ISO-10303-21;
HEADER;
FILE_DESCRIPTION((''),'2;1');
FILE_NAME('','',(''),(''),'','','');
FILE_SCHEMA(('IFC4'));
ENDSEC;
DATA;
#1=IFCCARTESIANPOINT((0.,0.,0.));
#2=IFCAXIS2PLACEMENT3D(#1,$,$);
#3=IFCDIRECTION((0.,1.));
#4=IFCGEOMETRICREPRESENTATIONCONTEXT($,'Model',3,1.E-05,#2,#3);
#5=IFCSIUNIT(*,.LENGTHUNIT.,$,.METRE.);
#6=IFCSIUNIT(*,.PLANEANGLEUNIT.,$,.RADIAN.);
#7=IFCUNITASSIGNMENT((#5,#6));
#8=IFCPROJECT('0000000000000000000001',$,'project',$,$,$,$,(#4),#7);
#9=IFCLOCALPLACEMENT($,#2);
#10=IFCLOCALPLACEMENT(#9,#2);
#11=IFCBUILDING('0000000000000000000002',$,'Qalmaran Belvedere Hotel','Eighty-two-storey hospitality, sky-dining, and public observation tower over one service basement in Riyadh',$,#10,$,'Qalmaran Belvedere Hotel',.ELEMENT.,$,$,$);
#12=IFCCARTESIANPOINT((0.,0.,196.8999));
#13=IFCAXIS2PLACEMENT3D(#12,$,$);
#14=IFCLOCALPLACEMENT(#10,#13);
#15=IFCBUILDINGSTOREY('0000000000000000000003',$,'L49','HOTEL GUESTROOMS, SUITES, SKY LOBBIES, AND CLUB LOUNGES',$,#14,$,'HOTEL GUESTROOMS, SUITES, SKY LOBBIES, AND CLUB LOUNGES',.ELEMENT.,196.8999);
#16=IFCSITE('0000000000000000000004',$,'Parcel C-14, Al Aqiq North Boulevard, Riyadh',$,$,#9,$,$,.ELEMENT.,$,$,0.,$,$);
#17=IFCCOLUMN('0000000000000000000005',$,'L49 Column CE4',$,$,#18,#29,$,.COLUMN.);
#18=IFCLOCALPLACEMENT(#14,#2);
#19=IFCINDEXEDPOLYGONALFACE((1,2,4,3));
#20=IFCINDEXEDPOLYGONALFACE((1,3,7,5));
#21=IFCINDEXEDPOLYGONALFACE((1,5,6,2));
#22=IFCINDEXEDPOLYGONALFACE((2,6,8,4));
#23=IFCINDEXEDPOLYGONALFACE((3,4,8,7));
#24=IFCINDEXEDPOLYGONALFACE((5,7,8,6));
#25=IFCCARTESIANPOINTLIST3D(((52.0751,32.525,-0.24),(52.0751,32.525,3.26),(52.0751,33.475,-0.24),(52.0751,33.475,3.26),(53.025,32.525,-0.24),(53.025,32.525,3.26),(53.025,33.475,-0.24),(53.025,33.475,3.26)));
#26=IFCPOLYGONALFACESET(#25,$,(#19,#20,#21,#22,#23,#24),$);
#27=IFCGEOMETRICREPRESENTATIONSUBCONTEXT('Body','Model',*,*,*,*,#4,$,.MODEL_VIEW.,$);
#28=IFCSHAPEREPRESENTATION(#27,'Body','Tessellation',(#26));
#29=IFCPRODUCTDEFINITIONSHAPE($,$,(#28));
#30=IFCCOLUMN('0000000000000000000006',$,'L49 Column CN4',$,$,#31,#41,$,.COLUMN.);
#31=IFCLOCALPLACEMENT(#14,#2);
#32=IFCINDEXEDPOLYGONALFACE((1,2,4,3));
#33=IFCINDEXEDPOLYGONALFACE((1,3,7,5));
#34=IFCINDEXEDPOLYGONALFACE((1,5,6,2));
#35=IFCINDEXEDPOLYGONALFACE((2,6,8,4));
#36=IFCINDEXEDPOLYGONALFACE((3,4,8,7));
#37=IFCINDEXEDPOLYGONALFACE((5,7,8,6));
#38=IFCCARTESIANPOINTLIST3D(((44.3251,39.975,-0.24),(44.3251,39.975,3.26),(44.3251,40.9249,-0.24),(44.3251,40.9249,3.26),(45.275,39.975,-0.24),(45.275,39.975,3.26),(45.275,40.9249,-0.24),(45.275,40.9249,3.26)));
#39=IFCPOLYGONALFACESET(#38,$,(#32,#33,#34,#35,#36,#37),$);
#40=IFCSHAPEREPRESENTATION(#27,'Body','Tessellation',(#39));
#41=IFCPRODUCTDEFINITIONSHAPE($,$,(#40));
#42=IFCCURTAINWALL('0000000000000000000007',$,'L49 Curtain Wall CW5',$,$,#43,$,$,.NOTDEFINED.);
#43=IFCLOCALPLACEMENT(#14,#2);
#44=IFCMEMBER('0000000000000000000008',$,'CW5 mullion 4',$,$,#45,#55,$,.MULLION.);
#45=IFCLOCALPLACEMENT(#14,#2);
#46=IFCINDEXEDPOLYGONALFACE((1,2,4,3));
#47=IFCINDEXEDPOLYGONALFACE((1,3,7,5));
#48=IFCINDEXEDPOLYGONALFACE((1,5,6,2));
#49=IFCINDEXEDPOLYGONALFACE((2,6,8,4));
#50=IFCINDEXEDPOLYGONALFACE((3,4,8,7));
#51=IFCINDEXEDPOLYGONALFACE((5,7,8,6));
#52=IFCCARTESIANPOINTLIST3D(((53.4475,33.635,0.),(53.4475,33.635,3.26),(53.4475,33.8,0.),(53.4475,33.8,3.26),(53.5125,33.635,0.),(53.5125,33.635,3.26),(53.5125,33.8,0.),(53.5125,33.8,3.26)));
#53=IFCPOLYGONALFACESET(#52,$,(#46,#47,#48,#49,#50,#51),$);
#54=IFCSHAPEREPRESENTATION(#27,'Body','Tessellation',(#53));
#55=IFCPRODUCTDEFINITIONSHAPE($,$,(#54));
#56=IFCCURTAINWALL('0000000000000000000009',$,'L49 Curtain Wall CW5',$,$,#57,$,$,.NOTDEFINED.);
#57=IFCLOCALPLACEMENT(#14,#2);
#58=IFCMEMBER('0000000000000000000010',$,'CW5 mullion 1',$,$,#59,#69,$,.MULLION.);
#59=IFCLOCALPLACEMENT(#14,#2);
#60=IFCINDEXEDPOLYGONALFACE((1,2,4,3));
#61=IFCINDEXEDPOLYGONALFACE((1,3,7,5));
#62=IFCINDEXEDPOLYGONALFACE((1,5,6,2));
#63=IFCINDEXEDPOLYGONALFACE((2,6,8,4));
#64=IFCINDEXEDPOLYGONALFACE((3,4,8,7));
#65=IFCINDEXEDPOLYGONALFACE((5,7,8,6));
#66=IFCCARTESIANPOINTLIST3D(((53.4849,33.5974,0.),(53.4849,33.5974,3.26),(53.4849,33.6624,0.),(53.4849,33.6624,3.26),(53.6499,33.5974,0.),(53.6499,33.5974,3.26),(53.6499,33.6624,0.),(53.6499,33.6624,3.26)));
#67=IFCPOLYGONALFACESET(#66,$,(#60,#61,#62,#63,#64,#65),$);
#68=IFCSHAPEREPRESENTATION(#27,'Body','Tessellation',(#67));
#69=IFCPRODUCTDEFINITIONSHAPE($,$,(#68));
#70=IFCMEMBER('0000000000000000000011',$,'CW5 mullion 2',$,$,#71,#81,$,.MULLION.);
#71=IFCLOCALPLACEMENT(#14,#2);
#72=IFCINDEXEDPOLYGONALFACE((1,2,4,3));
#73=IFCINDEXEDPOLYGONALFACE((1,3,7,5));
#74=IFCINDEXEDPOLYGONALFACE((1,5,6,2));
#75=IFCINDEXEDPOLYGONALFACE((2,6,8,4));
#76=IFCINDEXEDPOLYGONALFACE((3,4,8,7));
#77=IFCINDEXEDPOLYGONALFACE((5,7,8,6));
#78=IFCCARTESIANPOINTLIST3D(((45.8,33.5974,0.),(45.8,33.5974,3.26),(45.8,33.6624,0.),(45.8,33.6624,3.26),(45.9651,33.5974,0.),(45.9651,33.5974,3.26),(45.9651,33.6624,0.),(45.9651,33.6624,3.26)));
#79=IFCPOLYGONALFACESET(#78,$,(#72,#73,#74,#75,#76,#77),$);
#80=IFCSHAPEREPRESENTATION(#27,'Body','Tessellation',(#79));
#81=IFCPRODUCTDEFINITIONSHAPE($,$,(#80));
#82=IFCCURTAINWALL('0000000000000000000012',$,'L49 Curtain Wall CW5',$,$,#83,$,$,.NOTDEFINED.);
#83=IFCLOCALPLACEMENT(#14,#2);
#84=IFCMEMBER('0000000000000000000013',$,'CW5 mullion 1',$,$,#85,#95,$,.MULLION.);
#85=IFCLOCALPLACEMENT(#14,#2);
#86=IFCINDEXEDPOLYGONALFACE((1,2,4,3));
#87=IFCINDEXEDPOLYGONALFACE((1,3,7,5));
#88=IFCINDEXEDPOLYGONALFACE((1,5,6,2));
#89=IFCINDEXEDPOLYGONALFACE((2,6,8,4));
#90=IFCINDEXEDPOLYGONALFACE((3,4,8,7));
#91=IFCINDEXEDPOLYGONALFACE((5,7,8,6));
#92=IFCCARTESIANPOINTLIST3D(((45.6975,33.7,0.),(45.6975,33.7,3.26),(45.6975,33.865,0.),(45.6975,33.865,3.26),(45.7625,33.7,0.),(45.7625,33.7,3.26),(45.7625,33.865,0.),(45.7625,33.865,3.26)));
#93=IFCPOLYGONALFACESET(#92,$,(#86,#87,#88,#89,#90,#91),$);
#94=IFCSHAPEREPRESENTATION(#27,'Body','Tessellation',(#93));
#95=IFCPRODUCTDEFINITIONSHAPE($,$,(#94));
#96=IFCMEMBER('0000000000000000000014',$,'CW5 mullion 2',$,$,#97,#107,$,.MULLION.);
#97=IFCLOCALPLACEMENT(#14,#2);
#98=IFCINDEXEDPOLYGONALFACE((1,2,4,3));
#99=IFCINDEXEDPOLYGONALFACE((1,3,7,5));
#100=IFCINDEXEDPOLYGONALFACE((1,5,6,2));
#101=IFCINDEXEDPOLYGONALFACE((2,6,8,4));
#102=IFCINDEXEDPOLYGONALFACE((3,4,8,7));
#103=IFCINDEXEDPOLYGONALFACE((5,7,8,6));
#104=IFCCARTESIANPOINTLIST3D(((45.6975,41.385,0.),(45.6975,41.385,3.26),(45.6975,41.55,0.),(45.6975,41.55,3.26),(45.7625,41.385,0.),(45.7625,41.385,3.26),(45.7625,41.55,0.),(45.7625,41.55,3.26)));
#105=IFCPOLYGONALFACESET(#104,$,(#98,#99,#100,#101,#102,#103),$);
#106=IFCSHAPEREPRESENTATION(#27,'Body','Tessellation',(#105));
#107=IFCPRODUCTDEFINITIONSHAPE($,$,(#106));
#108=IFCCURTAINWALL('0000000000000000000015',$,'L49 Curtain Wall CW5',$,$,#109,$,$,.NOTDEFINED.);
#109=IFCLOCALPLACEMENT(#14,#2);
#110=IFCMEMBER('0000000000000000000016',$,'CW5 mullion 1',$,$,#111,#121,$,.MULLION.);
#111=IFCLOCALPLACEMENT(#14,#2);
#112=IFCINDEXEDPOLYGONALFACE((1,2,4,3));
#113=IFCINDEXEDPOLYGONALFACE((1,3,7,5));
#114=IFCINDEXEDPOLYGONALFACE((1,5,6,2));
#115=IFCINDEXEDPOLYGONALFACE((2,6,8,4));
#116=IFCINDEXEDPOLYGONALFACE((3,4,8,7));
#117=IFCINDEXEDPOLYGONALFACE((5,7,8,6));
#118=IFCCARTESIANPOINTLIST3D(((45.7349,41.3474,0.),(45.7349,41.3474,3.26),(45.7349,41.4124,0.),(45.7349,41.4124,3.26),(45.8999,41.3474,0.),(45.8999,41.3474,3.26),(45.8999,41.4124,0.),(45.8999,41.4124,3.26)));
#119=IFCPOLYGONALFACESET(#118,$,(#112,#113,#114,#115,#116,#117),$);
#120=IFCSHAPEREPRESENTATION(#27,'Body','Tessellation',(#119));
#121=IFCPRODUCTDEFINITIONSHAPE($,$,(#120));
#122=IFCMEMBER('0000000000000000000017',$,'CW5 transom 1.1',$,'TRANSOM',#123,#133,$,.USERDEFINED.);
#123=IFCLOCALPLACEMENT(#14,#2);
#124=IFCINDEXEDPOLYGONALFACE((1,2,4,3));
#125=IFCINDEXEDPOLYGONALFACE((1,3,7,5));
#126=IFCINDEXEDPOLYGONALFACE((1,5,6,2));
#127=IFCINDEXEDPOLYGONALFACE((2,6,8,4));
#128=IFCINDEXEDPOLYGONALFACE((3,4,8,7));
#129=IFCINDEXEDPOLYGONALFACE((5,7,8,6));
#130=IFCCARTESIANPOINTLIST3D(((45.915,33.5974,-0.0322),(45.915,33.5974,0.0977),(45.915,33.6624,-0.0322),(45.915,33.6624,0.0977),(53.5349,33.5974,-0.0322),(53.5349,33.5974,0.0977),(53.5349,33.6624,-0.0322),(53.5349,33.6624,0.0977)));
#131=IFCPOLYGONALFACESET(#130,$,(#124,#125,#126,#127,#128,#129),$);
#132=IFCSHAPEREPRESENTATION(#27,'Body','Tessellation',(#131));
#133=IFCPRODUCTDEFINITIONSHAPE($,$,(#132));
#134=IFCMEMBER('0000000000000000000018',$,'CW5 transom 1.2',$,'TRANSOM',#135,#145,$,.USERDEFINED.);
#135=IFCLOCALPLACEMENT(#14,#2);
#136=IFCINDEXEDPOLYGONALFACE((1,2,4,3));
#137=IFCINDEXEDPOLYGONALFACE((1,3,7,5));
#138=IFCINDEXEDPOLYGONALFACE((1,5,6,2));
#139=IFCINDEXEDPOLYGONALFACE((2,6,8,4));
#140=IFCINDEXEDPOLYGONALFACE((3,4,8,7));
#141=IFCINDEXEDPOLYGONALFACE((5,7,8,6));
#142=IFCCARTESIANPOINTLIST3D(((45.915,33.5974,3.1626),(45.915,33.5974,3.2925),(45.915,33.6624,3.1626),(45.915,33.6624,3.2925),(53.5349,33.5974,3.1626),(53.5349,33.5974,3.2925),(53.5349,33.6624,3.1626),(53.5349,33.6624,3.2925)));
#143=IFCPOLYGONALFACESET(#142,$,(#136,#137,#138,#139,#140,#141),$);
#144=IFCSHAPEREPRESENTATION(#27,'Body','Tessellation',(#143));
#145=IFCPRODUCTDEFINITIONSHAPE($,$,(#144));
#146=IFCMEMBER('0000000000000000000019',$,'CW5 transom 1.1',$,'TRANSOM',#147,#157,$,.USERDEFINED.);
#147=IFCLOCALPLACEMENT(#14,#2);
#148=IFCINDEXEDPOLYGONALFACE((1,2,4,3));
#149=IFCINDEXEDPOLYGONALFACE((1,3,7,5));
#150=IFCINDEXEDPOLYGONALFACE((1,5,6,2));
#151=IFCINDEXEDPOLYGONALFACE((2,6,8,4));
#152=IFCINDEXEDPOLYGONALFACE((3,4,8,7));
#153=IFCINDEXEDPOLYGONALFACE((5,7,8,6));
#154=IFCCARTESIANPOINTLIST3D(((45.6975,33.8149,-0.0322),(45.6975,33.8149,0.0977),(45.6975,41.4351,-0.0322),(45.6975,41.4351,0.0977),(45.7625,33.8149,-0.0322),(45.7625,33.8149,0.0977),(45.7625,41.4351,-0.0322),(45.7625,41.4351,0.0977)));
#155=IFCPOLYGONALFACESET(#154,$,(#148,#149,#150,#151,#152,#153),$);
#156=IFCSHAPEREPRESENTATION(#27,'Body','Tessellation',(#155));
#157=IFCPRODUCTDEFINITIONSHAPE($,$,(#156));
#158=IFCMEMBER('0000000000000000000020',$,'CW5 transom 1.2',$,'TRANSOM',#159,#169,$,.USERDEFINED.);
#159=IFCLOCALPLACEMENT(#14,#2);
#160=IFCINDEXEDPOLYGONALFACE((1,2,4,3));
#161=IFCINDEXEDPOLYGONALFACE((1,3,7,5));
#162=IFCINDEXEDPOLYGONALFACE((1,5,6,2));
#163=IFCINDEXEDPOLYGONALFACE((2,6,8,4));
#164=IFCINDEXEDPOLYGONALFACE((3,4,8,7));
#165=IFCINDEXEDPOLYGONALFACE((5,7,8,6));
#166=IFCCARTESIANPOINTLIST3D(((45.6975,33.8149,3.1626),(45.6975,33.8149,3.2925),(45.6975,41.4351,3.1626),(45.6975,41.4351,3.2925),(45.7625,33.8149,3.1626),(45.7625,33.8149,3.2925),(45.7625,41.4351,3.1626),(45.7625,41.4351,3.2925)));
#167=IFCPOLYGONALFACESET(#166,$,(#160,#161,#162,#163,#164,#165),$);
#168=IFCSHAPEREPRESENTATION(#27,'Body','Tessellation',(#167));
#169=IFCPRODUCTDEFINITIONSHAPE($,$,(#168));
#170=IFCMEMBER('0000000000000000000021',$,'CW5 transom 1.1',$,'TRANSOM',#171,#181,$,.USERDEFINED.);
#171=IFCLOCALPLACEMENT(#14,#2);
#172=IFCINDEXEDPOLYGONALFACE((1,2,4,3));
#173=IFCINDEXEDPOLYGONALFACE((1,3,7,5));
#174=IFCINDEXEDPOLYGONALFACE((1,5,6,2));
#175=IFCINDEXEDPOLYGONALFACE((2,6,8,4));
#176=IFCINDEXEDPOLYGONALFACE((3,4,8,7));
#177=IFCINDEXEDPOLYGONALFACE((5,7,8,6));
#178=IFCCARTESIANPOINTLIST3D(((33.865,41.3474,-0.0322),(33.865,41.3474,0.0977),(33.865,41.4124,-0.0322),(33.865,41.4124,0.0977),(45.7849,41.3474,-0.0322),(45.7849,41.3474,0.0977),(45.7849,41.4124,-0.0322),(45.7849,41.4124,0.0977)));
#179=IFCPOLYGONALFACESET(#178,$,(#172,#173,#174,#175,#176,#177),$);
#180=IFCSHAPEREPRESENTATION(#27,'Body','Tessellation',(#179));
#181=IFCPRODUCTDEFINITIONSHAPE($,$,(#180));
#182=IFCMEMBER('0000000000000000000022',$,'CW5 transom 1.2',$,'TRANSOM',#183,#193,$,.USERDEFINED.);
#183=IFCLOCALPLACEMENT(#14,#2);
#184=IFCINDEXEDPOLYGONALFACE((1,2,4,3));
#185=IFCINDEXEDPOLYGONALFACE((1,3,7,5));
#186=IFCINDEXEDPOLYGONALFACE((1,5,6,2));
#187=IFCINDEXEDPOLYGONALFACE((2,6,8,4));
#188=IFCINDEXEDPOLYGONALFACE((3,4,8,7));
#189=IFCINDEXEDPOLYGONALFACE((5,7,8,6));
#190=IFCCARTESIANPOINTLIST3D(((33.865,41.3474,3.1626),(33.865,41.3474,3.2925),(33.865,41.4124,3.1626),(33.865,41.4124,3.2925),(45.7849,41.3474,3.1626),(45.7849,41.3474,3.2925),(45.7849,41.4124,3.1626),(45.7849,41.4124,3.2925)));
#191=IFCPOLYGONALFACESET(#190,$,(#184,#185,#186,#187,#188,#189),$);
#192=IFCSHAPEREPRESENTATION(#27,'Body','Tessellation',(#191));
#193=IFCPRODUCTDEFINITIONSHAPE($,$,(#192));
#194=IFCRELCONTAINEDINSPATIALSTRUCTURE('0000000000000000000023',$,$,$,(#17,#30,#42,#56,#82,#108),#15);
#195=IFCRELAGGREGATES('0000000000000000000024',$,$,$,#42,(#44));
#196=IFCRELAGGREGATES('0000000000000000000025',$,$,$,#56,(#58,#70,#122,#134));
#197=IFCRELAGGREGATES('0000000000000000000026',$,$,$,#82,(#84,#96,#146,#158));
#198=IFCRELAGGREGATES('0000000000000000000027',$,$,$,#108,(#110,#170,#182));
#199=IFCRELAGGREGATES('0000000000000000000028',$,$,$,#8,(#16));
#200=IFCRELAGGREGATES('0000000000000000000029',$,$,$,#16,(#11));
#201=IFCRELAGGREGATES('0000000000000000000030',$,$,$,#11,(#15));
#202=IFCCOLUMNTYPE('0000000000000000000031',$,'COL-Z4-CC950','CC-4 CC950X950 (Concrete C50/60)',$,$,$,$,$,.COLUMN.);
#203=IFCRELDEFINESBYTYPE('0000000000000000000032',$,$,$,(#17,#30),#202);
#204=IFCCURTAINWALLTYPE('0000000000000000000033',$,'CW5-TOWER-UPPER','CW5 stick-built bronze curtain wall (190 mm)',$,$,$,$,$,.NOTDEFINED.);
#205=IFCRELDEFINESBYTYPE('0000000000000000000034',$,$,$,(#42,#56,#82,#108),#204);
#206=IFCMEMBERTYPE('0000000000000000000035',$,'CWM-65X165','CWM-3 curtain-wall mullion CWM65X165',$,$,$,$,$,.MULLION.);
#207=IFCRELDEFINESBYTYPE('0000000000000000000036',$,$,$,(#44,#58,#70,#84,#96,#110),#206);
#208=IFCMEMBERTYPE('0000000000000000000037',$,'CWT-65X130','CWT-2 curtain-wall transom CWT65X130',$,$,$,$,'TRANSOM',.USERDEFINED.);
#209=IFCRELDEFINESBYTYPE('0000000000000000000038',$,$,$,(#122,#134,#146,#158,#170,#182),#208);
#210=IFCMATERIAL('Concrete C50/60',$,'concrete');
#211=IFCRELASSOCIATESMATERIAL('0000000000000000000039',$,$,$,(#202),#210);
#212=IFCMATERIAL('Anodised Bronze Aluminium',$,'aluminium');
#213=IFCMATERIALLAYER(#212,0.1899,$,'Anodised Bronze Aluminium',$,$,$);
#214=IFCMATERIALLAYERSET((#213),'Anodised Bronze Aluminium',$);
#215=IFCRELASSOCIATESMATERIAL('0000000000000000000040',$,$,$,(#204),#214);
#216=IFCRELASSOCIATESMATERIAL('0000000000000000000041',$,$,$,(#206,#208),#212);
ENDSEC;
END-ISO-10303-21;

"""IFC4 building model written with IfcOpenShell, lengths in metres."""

from ifc_helpers import new_model, si_unit, direction, frame, origin, origin_2d, place, context, subcontext, project, spatial, rectangle, extrude, material, layer, layer_set, material_profile, profile_set, type_object, element, aggregate, save


model = new_model("IFC4")

# Units and contexts
model_context = context("Model", 3, precision=1e-05, world=origin(), true_north=direction((0.0, 1.0)))
body_context = subcontext(model_context, "Body", "Model", "MODEL_VIEW")
ifc_project = project(units=[si_unit("LENGTHUNIT", "METRE"), si_unit("PLANEANGLEUNIT", "RADIAN")], contexts=[model_context])

# Site, building, storey
site_placement = place(None, origin())
site = spatial("IfcSite", under=ifc_project, at=site_placement, Name="Parcel C-14, Al Aqiq North Boulevard, Riyadh", CompositionType="ELEMENT", RefElevation=0.0)
building_placement = place(site_placement, origin())
building = spatial("IfcBuilding", under=site, at=building_placement, Name="Qalmaran Belvedere Hotel", Description="Eighty-two-storey hospitality, sky-dining, and public observation tower over one service basement in Riyadh", LongName="Qalmaran Belvedere Hotel", CompositionType="ELEMENT")
storey_placement = place(building_placement, frame((0.0, 0.0, 196.8999)))
storey = spatial("IfcBuildingStorey", under=building, at=storey_placement, Name="L49", Description="HOTEL GUESTROOMS, SUITES, SKY LOBBIES, AND CLUB LOUNGES", LongName="HOTEL GUESTROOMS, SUITES, SKY LOBBIES, AND CLUB LOUNGES", CompositionType="ELEMENT", Elevation=196.8999)

# Columns
ifc_material_1 = material(Name="Concrete C50/60", Category="concrete")
ifc_material_profile_1 = material_profile(ifc_material_1, rectangle(XDim=0.95, YDim=0.95, at=origin_2d()), Name="CC950X950")
ifc_profile_set_1 = profile_set([ifc_material_profile_1], Name="Concrete C50/60")
column_type = type_object("IfcColumnType", Name="COL-Z4-CC950", Description="CC-4 CC950X950 (Concrete C50/60)", PredefinedType="COLUMN", material=ifc_profile_set_1)
for number, where, z_axis, x_axis, name in (
    (1, (52.55, 33.0, -0.24), (0.0, 0.0, 1.0), (1.0, 0.0, 0.0), "L49 Column CE4"),
    (2, (44.8, 40.45, -0.24), (0.0, 0.0, 1.0), (1.0, 0.0, 0.0), "L49 Column CN4"),
):
    element("IfcColumn", number, at=place(storey_placement, frame(where, z_axis=z_axis, x_axis=x_axis)), inside=storey, type_object=column_type, Name=name, PredefinedType="COLUMN", context=body_context, shape_type="SweptSolid", body=[
        extrude(rectangle(XDim=0.95, YDim=0.95, at=origin_2d()), origin(), (0.0, 0.0, 1.0), 3.5),
    ])

# Curtain wall, member
ifc_material_2 = material(Name="Anodised Bronze Aluminium", Category="aluminium")
ifc_layer_1 = layer(ifc_material_2, 0.1899, Name="Anodised Bronze Aluminium")
ifc_layer_set_1 = layer_set([ifc_layer_1], Name="Anodised Bronze Aluminium")
curtain_wall_type = type_object("IfcCurtainWallType", Name="CW5-TOWER-UPPER", Description="CW5 stick-built bronze curtain wall (190 mm)", PredefinedType="NOTDEFINED", material=ifc_layer_set_1)
curtain_wall_1_placement = place(storey_placement, origin())
curtain_wall_1 = element("IfcCurtainWall", 3, at=curtain_wall_1_placement, inside=storey, type_object=curtain_wall_type, Name="L49 Curtain Wall CW5", PredefinedType="NOTDEFINED")
ifc_material_profile_2 = material_profile(ifc_material_2, rectangle(XDim=0.0649, YDim=0.165, at=origin_2d()), Name="CWM65X165")
ifc_profile_set_2 = profile_set([ifc_material_profile_2], Name="Anodised Bronze Aluminium")
member_type_1 = type_object("IfcMemberType", Name="CWM-65X165", Description="CWM-3 curtain-wall mullion CWM65X165", PredefinedType="MULLION", material=ifc_profile_set_2)
member_1_placement = place(storey_placement, frame((53.48, 33.7175, 0.0), z_axis=(0.0, 0.0, 1.0), x_axis=(-1.0, 0.0, 0.0)))
member_1 = element("IfcMember", 4, at=member_1_placement, type_object=member_type_1, Name="CW5 mullion 4", PredefinedType="MULLION", context=body_context, shape_type="SweptSolid", body=[
    extrude(rectangle(XDim=0.0649, YDim=0.165, at=origin_2d()), origin(), (0.0, 0.0, 1.0), 3.26),
])
aggregate(curtain_wall_1, [member_1])

# Curtain walls, members
curtain_wall_2_placement = place(storey_placement, origin())
curtain_wall_2 = element("IfcCurtainWall", 5, at=curtain_wall_2_placement, inside=storey, type_object=curtain_wall_type, Name="L49 Curtain Wall CW5", PredefinedType="NOTDEFINED")
member_2_placement = place(storey_placement, frame((53.5674, 33.6299, 0.0), z_axis=(0.0, 0.0, 1.0), x_axis=(0.0, -1.0, 0.0)))
member_2 = element("IfcMember", 6, at=member_2_placement, type_object=member_type_1, Name="CW5 mullion 1", PredefinedType="MULLION", context=body_context, shape_type="SweptSolid", body=[
    extrude(rectangle(XDim=0.0649, YDim=0.165, at=origin_2d()), origin(), (0.0, 0.0, 1.0), 3.26),
])
member_3_placement = place(storey_placement, frame((45.8826, 33.6299, 0.0), z_axis=(0.0, 0.0, 1.0), x_axis=(0.0, -1.0, 0.0)))
member_3 = element("IfcMember", 7, at=member_3_placement, type_object=member_type_1, Name="CW5 mullion 2", PredefinedType="MULLION", context=body_context, shape_type="SweptSolid", body=[
    extrude(rectangle(XDim=0.0649, YDim=0.165, at=origin_2d()), origin(), (0.0, 0.0, 1.0), 3.26),
])
curtain_wall_3_placement = place(storey_placement, origin())
curtain_wall_3 = element("IfcCurtainWall", 8, at=curtain_wall_3_placement, inside=storey, type_object=curtain_wall_type, Name="L49 Curtain Wall CW5", PredefinedType="NOTDEFINED")
member_4_placement = place(storey_placement, frame((45.73, 33.7825, 0.0), z_axis=(0.0, 0.0, 1.0), x_axis=(-1.0, 0.0, 0.0)))
member_4 = element("IfcMember", 9, at=member_4_placement, type_object=member_type_1, Name="CW5 mullion 1", PredefinedType="MULLION", context=body_context, shape_type="SweptSolid", body=[
    extrude(rectangle(XDim=0.0649, YDim=0.165, at=origin_2d()), origin(), (0.0, 0.0, 1.0), 3.26),
])
member_5_placement = place(storey_placement, frame((45.73, 41.4675, 0.0), z_axis=(0.0, 0.0, 1.0), x_axis=(-1.0, 0.0, 0.0)))
member_5 = element("IfcMember", 10, at=member_5_placement, type_object=member_type_1, Name="CW5 mullion 2", PredefinedType="MULLION", context=body_context, shape_type="SweptSolid", body=[
    extrude(rectangle(XDim=0.0649, YDim=0.165, at=origin_2d()), origin(), (0.0, 0.0, 1.0), 3.26),
])

# Curtain wall, member
curtain_wall_4_placement = place(storey_placement, origin())
curtain_wall_4 = element("IfcCurtainWall", 11, at=curtain_wall_4_placement, inside=storey, type_object=curtain_wall_type, Name="L49 Curtain Wall CW5", PredefinedType="NOTDEFINED")
member_6_placement = place(storey_placement, frame((45.8174, 41.3799, 0.0), z_axis=(0.0, 0.0, 1.0), x_axis=(0.0, -1.0, 0.0)))
member_6 = element("IfcMember", 12, at=member_6_placement, type_object=member_type_1, Name="CW5 mullion 1", PredefinedType="MULLION", context=body_context, shape_type="SweptSolid", body=[
    extrude(rectangle(XDim=0.0649, YDim=0.165, at=origin_2d()), origin(), (0.0, 0.0, 1.0), 3.26),
])

# Members
ifc_material_profile_3 = material_profile(ifc_material_2, rectangle(XDim=0.0649, YDim=0.1299, at=origin_2d()), Name="CWT65X130")
ifc_profile_set_3 = profile_set([ifc_material_profile_3], Name="Anodised Bronze Aluminium")
member_type_2 = type_object("IfcMemberType", Name="CWT-65X130", Description="CWT-2 curtain-wall transom CWT65X130", ElementType="TRANSOM", PredefinedType="USERDEFINED", material=ifc_profile_set_3)
member_7_placement = place(storey_placement, frame((53.5349, 33.6299, 0.0327), z_axis=(-1.0, 0.0, 0.0), x_axis=(0.0, -1.0, 0.0)))
member_7 = element("IfcMember", 13, at=member_7_placement, type_object=member_type_2, Name="CW5 transom 1.1", ObjectType="TRANSOM", PredefinedType="USERDEFINED", context=body_context, shape_type="SweptSolid", body=[
    extrude(rectangle(XDim=0.0649, YDim=0.1299, at=origin_2d()), origin(), (0.0, 0.0, 1.0), 7.6199),
])
member_8_placement = place(storey_placement, frame((53.5349, 33.6299, 3.2275), z_axis=(-1.0, 0.0, 0.0), x_axis=(0.0, -1.0, 0.0)))
member_8 = element("IfcMember", 14, at=member_8_placement, type_object=member_type_2, Name="CW5 transom 1.2", ObjectType="TRANSOM", PredefinedType="USERDEFINED", context=body_context, shape_type="SweptSolid", body=[
    extrude(rectangle(XDim=0.0649, YDim=0.1299, at=origin_2d()), origin(), (0.0, 0.0, 1.0), 7.6199),
])
member_9_placement = place(storey_placement, frame((45.73, 33.8149, 0.0327), z_axis=(0.0, 1.0, 0.0), x_axis=(-1.0, 0.0, 0.0)))
member_9 = element("IfcMember", 15, at=member_9_placement, type_object=member_type_2, Name="CW5 transom 1.1", ObjectType="TRANSOM", PredefinedType="USERDEFINED", context=body_context, shape_type="SweptSolid", body=[
    extrude(rectangle(XDim=0.0649, YDim=0.1299, at=origin_2d()), origin(), (0.0, 0.0, 1.0), 7.6201),
])
member_10_placement = place(storey_placement, frame((45.73, 33.8149, 3.2275), z_axis=(0.0, 1.0, 0.0), x_axis=(-1.0, 0.0, 0.0)))
member_10 = element("IfcMember", 16, at=member_10_placement, type_object=member_type_2, Name="CW5 transom 1.2", ObjectType="TRANSOM", PredefinedType="USERDEFINED", context=body_context, shape_type="SweptSolid", body=[
    extrude(rectangle(XDim=0.0649, YDim=0.1299, at=origin_2d()), origin(), (0.0, 0.0, 1.0), 7.6201),
])
member_11_placement = place(storey_placement, frame((45.7849, 41.3799, 0.0327), z_axis=(-1.0, 0.0, 0.0), x_axis=(0.0, -1.0, 0.0)))
member_11 = element("IfcMember", 17, at=member_11_placement, type_object=member_type_2, Name="CW5 transom 1.1", ObjectType="TRANSOM", PredefinedType="USERDEFINED", context=body_context, shape_type="SweptSolid", body=[
    extrude(rectangle(XDim=0.0649, YDim=0.1299, at=origin_2d()), origin(), (0.0, 0.0, 1.0), 11.9199),
])
member_12_placement = place(storey_placement, frame((45.7849, 41.3799, 3.2275), z_axis=(-1.0, 0.0, 0.0), x_axis=(0.0, -1.0, 0.0)))
member_12 = element("IfcMember", 18, at=member_12_placement, type_object=member_type_2, Name="CW5 transom 1.2", ObjectType="TRANSOM", PredefinedType="USERDEFINED", context=body_context, shape_type="SweptSolid", body=[
    extrude(rectangle(XDim=0.0649, YDim=0.1299, at=origin_2d()), origin(), (0.0, 0.0, 1.0), 11.9199),
])

aggregate(curtain_wall_2, [member_2, member_3, member_7, member_8])
aggregate(curtain_wall_3, [member_4, member_5, member_9, member_10])
aggregate(curtain_wall_4, [member_6, member_11, member_12])

save(model, "model.ifc")
